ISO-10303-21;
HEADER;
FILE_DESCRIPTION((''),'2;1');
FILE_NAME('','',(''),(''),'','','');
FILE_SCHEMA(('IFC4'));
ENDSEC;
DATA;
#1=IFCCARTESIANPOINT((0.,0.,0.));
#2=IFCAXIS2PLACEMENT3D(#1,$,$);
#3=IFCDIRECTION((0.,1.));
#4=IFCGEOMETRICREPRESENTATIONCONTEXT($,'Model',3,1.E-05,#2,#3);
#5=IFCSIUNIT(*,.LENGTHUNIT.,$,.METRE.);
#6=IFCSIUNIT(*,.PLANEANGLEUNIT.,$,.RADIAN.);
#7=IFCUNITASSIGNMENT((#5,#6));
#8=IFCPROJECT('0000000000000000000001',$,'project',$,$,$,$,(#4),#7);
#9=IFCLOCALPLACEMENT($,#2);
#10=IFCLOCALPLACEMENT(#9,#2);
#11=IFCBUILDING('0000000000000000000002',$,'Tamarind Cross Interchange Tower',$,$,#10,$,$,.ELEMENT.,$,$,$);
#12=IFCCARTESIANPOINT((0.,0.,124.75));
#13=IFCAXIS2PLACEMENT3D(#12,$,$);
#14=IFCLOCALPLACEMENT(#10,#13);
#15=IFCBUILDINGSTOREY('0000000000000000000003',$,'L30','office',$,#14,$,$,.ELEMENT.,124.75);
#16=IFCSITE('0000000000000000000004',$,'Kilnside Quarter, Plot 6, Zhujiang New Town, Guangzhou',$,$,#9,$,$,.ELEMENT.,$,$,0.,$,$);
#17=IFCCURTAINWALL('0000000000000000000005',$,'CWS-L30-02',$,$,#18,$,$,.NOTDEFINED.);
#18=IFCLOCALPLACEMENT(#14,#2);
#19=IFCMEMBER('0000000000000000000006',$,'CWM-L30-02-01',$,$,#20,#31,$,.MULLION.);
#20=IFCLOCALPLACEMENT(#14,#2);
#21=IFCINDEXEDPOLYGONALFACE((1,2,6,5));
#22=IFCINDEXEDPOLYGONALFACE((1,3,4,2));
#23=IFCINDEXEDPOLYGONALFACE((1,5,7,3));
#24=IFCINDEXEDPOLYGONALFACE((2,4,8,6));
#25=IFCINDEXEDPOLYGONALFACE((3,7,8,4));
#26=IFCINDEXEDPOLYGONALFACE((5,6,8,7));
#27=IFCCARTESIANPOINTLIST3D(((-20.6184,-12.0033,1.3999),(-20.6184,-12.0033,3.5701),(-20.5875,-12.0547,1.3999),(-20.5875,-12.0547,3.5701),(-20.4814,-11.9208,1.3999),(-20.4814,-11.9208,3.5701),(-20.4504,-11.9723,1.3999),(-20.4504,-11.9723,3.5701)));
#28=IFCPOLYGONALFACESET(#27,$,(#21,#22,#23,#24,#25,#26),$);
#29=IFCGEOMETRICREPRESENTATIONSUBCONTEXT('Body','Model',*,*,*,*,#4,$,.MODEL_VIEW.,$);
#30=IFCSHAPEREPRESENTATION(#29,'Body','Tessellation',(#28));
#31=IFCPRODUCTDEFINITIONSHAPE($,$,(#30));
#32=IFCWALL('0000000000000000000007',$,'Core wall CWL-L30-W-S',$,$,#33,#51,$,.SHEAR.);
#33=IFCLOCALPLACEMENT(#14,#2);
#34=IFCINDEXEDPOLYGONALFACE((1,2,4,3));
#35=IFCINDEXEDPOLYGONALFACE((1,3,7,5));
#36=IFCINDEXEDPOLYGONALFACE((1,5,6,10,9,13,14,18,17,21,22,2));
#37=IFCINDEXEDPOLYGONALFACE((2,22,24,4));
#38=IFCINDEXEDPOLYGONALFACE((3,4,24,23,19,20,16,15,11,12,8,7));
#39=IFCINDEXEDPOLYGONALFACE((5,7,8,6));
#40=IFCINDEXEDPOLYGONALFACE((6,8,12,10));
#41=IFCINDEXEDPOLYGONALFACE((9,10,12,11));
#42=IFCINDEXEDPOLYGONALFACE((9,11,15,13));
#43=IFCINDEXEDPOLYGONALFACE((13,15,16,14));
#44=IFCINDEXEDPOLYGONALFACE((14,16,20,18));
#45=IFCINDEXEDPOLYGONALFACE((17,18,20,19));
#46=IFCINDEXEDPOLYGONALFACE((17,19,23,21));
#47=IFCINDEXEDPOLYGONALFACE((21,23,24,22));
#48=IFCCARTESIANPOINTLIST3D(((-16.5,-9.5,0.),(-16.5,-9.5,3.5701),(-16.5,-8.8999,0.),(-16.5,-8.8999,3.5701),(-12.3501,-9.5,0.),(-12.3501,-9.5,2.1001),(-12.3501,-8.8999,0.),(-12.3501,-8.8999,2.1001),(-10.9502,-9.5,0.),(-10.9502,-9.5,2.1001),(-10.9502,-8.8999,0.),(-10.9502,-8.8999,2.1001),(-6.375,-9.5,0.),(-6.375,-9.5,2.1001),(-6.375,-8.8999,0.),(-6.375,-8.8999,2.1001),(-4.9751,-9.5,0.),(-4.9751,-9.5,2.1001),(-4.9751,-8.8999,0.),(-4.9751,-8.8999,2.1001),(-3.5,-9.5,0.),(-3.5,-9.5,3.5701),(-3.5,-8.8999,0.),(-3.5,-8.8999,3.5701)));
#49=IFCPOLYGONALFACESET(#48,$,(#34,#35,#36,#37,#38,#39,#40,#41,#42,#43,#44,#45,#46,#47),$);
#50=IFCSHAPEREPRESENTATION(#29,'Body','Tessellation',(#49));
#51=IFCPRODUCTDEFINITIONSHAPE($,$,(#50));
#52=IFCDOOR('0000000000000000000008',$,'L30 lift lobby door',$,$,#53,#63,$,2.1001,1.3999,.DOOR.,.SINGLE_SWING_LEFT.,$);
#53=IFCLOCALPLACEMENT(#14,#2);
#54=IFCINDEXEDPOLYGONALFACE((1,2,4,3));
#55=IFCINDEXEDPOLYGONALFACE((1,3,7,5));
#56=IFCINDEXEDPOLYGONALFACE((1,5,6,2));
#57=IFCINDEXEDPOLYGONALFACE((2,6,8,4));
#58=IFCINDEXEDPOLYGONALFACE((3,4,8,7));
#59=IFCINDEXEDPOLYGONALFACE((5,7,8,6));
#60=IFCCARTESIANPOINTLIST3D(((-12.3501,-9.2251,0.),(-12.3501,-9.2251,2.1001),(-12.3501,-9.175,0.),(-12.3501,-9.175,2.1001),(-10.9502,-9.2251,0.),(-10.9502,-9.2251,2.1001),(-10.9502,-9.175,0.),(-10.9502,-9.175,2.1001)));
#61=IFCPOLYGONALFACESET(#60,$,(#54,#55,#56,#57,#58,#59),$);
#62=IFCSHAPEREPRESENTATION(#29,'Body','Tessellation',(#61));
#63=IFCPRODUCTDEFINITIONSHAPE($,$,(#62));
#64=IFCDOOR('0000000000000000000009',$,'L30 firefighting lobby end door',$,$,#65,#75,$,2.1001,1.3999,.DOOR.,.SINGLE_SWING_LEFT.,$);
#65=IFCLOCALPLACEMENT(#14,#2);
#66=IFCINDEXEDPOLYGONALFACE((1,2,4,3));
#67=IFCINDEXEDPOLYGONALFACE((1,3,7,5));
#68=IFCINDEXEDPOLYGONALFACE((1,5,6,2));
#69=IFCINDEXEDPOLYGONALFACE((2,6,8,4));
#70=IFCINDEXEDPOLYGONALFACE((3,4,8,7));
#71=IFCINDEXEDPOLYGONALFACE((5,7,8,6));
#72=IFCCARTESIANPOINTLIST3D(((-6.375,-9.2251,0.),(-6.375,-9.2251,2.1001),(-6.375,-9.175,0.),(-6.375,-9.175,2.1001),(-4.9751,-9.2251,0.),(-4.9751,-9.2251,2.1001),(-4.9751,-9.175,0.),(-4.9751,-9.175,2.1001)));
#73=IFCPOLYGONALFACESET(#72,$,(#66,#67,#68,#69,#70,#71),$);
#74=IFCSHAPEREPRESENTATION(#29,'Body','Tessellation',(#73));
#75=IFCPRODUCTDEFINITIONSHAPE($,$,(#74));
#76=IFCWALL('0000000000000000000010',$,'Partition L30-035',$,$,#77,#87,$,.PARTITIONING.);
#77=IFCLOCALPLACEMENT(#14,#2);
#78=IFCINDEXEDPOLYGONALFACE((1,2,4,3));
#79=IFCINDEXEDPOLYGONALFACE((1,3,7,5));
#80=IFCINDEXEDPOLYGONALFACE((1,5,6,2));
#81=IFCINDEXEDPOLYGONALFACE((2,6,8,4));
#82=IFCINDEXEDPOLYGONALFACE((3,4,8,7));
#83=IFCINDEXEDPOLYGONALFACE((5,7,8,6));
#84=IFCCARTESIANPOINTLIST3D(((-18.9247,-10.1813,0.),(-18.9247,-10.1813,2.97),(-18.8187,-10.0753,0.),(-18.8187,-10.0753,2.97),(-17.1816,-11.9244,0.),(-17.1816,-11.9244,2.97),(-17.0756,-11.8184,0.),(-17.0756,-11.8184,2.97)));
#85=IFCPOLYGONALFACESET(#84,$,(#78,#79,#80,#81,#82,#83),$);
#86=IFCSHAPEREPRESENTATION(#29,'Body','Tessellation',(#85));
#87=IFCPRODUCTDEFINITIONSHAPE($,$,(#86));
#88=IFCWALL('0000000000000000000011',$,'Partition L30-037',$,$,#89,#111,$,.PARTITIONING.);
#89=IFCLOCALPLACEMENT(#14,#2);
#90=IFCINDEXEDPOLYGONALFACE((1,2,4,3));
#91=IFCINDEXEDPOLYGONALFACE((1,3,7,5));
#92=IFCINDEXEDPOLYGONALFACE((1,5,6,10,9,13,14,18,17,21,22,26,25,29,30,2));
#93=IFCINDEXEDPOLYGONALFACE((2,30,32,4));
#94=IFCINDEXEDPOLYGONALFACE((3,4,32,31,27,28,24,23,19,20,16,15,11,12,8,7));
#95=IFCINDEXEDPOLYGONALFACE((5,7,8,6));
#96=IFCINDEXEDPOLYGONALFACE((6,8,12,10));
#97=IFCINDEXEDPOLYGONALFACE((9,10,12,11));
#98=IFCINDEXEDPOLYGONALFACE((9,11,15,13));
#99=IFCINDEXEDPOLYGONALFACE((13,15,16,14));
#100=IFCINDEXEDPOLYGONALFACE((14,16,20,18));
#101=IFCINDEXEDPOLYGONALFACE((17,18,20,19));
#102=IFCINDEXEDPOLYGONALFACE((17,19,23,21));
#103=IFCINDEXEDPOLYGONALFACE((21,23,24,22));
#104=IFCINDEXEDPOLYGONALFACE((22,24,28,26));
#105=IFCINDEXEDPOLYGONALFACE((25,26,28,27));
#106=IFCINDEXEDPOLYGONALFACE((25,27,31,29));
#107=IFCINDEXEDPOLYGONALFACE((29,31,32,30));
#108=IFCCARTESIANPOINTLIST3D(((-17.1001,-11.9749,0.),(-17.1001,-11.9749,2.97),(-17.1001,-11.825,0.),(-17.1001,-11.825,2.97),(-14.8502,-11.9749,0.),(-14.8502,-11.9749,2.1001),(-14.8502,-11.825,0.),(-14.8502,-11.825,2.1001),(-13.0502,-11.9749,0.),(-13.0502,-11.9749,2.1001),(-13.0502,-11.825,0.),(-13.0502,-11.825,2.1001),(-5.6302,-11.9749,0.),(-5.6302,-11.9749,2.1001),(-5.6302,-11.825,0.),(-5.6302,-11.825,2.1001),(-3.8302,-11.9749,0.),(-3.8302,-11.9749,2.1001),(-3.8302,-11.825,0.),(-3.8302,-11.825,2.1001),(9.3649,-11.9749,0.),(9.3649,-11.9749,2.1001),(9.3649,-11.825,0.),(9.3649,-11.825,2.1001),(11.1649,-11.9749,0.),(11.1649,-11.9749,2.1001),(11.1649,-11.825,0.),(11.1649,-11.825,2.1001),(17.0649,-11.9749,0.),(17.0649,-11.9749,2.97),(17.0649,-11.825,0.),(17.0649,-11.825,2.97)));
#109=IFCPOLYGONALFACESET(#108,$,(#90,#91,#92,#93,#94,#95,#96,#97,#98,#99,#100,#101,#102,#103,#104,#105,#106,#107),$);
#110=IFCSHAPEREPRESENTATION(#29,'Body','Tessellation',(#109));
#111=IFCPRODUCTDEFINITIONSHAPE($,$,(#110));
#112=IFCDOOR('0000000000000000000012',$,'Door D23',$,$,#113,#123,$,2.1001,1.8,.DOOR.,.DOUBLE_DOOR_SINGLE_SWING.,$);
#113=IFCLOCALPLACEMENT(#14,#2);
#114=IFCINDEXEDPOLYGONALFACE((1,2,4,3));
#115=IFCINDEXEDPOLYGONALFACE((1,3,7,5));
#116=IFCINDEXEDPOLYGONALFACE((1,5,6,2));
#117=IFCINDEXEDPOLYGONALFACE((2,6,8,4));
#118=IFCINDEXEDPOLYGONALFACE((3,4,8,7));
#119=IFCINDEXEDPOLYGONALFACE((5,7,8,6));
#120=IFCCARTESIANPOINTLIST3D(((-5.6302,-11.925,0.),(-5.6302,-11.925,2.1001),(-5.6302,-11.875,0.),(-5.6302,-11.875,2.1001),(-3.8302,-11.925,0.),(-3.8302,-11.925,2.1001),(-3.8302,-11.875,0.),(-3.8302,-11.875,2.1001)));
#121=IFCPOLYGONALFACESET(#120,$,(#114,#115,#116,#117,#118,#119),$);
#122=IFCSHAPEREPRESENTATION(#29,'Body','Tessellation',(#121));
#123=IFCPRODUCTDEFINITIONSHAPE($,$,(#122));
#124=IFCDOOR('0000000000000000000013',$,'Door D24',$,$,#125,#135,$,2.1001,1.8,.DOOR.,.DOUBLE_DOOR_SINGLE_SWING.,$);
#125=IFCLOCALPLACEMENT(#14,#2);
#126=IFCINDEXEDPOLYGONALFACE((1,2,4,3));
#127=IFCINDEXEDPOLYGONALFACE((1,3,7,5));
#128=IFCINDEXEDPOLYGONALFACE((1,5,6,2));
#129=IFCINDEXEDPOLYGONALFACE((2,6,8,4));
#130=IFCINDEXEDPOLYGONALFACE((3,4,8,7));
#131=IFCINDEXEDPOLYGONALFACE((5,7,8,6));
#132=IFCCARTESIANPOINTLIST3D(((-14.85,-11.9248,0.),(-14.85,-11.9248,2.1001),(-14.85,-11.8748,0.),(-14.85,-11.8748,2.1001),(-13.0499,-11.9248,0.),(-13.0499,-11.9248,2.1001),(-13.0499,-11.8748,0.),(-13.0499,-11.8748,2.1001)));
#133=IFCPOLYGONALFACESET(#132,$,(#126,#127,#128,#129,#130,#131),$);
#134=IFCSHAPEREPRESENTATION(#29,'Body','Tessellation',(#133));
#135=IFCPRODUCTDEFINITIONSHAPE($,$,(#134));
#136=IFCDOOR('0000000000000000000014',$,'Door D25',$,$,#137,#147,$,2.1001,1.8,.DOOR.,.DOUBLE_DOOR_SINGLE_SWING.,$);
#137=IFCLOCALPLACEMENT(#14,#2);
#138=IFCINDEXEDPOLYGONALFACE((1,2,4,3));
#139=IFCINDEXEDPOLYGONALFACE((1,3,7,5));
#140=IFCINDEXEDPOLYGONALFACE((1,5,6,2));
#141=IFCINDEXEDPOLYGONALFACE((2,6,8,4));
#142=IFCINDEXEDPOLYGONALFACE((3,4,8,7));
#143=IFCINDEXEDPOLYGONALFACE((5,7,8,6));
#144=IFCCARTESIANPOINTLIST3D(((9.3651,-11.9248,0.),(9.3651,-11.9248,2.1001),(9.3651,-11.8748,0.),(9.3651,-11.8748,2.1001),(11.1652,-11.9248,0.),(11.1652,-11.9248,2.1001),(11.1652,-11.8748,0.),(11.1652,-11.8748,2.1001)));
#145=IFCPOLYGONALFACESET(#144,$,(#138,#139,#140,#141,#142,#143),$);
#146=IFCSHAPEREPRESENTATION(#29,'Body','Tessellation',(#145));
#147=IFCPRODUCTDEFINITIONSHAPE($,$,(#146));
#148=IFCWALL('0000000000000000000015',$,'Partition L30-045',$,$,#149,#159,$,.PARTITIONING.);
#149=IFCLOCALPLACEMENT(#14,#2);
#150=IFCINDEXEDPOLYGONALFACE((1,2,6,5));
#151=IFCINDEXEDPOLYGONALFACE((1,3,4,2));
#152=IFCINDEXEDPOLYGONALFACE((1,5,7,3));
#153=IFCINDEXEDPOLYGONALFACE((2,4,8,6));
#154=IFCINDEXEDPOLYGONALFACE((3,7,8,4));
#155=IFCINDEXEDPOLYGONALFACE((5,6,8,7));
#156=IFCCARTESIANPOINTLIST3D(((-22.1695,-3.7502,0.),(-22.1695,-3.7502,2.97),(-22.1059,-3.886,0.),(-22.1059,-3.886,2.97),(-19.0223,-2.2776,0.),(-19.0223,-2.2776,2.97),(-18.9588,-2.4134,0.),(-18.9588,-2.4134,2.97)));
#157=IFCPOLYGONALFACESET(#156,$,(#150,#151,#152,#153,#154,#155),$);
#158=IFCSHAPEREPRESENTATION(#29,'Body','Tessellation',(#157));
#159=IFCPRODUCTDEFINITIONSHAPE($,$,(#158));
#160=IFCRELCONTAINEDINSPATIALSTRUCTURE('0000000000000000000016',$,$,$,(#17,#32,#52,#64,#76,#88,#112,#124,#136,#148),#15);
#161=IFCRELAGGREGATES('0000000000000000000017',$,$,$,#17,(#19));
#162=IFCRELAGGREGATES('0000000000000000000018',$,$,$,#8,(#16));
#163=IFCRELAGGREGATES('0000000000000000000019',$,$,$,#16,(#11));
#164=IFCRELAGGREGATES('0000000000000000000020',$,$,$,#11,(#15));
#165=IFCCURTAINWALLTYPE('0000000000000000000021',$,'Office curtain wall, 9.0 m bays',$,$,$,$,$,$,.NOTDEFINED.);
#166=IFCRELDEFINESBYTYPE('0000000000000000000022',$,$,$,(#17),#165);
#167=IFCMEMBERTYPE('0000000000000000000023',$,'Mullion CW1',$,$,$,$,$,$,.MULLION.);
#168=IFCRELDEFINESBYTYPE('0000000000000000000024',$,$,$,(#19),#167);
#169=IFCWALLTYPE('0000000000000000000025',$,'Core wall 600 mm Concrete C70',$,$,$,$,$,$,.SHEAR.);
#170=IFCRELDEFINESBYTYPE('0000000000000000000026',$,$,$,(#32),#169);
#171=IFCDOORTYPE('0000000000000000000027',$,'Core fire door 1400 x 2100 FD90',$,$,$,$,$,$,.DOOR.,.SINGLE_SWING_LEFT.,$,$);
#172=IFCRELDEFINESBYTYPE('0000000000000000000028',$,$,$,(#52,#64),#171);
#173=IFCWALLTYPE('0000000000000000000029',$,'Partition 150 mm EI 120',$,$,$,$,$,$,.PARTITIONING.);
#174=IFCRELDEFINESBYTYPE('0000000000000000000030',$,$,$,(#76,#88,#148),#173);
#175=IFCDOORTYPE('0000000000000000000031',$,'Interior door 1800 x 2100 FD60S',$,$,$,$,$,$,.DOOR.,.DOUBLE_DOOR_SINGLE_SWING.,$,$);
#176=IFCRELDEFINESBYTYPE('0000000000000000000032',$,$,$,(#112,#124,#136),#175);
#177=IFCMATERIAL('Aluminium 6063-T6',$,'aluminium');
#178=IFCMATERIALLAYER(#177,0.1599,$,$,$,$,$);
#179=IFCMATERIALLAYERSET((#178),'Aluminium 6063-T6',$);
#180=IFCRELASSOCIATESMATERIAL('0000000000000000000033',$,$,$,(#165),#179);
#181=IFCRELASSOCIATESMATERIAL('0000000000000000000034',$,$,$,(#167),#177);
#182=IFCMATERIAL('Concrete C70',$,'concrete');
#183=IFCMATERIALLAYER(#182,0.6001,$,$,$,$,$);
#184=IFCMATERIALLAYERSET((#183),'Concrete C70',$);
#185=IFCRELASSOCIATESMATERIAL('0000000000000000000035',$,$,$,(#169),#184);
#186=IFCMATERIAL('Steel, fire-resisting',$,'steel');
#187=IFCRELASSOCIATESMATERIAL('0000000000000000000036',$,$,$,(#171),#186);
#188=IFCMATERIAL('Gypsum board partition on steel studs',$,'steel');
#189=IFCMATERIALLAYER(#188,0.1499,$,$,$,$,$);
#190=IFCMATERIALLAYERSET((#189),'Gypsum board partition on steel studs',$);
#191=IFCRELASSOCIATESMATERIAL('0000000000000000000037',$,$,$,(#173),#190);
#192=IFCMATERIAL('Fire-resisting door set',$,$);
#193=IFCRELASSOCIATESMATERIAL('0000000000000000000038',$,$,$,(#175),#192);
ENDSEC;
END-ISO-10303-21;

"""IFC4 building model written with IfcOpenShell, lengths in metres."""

from ifc_helpers import new_model, si_unit, direction, frame, frame_2d, origin, origin_2d, place, context, subcontext, project, spatial, rectangle, extrude, material, layer, layer_set, material_profile, profile_set, type_object, element, fill, aggregate, save


model = new_model("IFC4")

# Units and contexts
model_context = context("Model", 3, precision=1e-05, world=origin(), true_north=direction((0.0, 1.0)))
body_context = subcontext(model_context, "Body", "Model", "MODEL_VIEW")
ifc_project = project(units=[si_unit("LENGTHUNIT", "METRE"), si_unit("PLANEANGLEUNIT", "RADIAN")], contexts=[model_context])

# Site, building, storey
site_placement = place(None, origin())
site = spatial("IfcSite", under=ifc_project, at=site_placement, Name="Kilnside Quarter, Plot 6, Zhujiang New Town, Guangzhou", CompositionType="ELEMENT", RefElevation=0.0)
building_placement = place(site_placement, origin())
building = spatial("IfcBuilding", under=site, at=building_placement, Name="Tamarind Cross Interchange Tower", CompositionType="ELEMENT")
storey_placement = place(building_placement, frame((0.0, 0.0, 124.75)))
storey = spatial("IfcBuildingStorey", under=building, at=storey_placement, Name="L30", Description="office", CompositionType="ELEMENT", Elevation=124.75)

# Curtain wall, member
ifc_material_1 = material(Name="Aluminium 6063-T6", Category="aluminium")
ifc_layer_1 = layer(ifc_material_1, 0.1599)
ifc_layer_set_1 = layer_set([ifc_layer_1], Name="Aluminium 6063-T6")
curtain_wall_type = type_object("IfcCurtainWallType", Name="Office curtain wall, 9.0 m bays", PredefinedType="NOTDEFINED", material=ifc_layer_set_1)
curtain_wall_placement = place(storey_placement, origin())
curtain_wall = element("IfcCurtainWall", 1, at=curtain_wall_placement, inside=storey, type_object=curtain_wall_type, Name="CWS-L30-02", PredefinedType="NOTDEFINED")
ifc_material_profile_1 = material_profile(ifc_material_1, rectangle(XDim=0.0601, YDim=0.1599, at=origin_2d()), Name="Mullion CW1")
ifc_profile_set_1 = profile_set([ifc_material_profile_1], Name="Aluminium 6063-T6")
member_type = type_object("IfcMemberType", Name="Mullion CW1", PredefinedType="MULLION", material=ifc_profile_set_1)
member_placement = place(storey_placement, frame((-20.5344, -11.9878, 1.3999), z_axis=(0.0, 0.0, 1.0), x_axis=(0.515577, -0.856843, 0.0)))
member = element("IfcMember", 2, at=member_placement, type_object=member_type, Name="CWM-L30-02-01", PredefinedType="MULLION", context=body_context, shape_type="SweptSolid", body=[
    extrude(rectangle(XDim=0.0601, YDim=0.1599, at=origin_2d()), origin(), (0.0, 0.0, 1.0), 2.1702),
])
aggregate(curtain_wall, [member])

# Wall, openings, doors
ifc_material_2 = material(Name="Concrete C70", Category="concrete")
ifc_layer_2 = layer(ifc_material_2, 0.6001)
ifc_layer_set_2 = layer_set([ifc_layer_2], Name="Concrete C70")
wall_type_1 = type_object("IfcWallType", Name="Core wall 600 mm Concrete C70", PredefinedType="SHEAR", material=ifc_layer_set_2)
wall_1_placement = place(storey_placement, frame((-16.5, -9.2, 0.0), z_axis=(0.0, 0.0, 1.0), x_axis=(1.0, 0.0, 0.0)))
wall_1 = element("IfcWall", 3, at=wall_1_placement, inside=storey, type_object=wall_type_1, Name="Core wall CWL-L30-W-S", PredefinedType="SHEAR", context=body_context, shape_type="SweptSolid", body=[
    extrude(rectangle(XDim=13.0, YDim=0.6001, at=frame_2d((6.5, 0.0))), origin(), (0.0, 0.0, 1.0), 3.5701),
])
opening_1_placement = place(wall_1_placement, frame((4.1499, 0.0, 0.0)))
opening_1 = element("IfcOpeningElement", 4, at=opening_1_placement, cuts=wall_1, PredefinedType="OPENING", context=body_context, shape_type="SweptSolid", body=[
    extrude(rectangle(XDim=1.3999, YDim=2.1001, at=frame_2d((0.7, 1.05))), frame((0.0, 0.3101, 0.0), z_axis=(0.0, -1.0, 0.0), x_axis=(1.0, 0.0, 0.0)), (0.0, 0.0, 1.0), 0.6201),
])
opening_2_placement = place(wall_1_placement, frame((10.125, 0.0, 0.0)))
opening_2 = element("IfcOpeningElement", 5, at=opening_2_placement, cuts=wall_1, PredefinedType="OPENING", context=body_context, shape_type="SweptSolid", body=[
    extrude(rectangle(XDim=1.3999, YDim=2.1001, at=frame_2d((0.7, 1.05))), frame((0.0, 0.3101, 0.0), z_axis=(0.0, -1.0, 0.0), x_axis=(1.0, 0.0, 0.0)), (0.0, 0.0, 1.0), 0.6201),
])
ifc_material_3 = material(Name="Steel, fire-resisting", Category="steel")
door_type_1 = type_object("IfcDoorType", Name="Core fire door 1400 x 2100 FD90", OperationType="SINGLE_SWING_LEFT", PredefinedType="DOOR", material=ifc_material_3)
door_1_placement = place(opening_1_placement, origin())
door_1 = element("IfcDoor", 6, at=door_1_placement, inside=storey, type_object=door_type_1, Name="L30 lift lobby door", OperationType="SINGLE_SWING_LEFT", OverallHeight=2.1001, OverallWidth=1.3999, PredefinedType="DOOR", context=body_context, shape_type="SweptSolid", body=[
    extrude(rectangle(XDim=1.3999, YDim=2.1001, at=frame_2d((0.7, 1.05))), frame((0.0, 0.0249, 0.0), z_axis=(0.0, -1.0, 0.0), x_axis=(1.0, 0.0, 0.0)), (0.0, 0.0, 1.0), 0.05),
])
fill(opening_1, door_1)
door_2_placement = place(opening_2_placement, origin())
door_2 = element("IfcDoor", 7, at=door_2_placement, inside=storey, type_object=door_type_1, Name="L30 firefighting lobby end door", OperationType="SINGLE_SWING_LEFT", OverallHeight=2.1001, OverallWidth=1.3999, PredefinedType="DOOR", context=body_context, shape_type="SweptSolid", body=[
    extrude(rectangle(XDim=1.3999, YDim=2.1001, at=frame_2d((0.7, 1.05))), frame((0.0, 0.0249, 0.0), z_axis=(0.0, -1.0, 0.0), x_axis=(1.0, 0.0, 0.0)), (0.0, 0.0, 1.0), 0.05),
])
fill(opening_2, door_2)

# Wall
ifc_material_4 = material(Name="Gypsum board partition on steel studs", Category="steel")
ifc_layer_3 = layer(ifc_material_4, 0.1499)
ifc_layer_set_3 = layer_set([ifc_layer_3], Name="Gypsum board partition on steel studs")
wall_type_2 = type_object("IfcWallType", Name="Partition 150 mm EI 120", PredefinedType="PARTITIONING", material=ifc_layer_set_3)
wall_2_placement = place(storey_placement, frame((-18.8716, -10.1284, 0.0), z_axis=(0.0, 0.0, 1.0), x_axis=(0.707107, -0.707107, 0.0)))
element("IfcWall", 8, at=wall_2_placement, inside=storey, type_object=wall_type_2, Name="Partition L30-035", PredefinedType="PARTITIONING", context=body_context, shape_type="SweptSolid", body=[
    extrude(rectangle(XDim=2.4651, YDim=0.1499, at=frame_2d((1.2324, 0.0))), origin(), (0.0, 0.0, 1.0), 2.97),
])

# Wall, openings, doors
wall_3_placement = place(storey_placement, frame((-17.1001, -11.8999, 0.0), z_axis=(0.0, 0.0, 1.0), x_axis=(1.0, 0.0, 0.0)))
wall_3 = element("IfcWall", 9, at=wall_3_placement, inside=storey, type_object=wall_type_2, Name="Partition L30-037", PredefinedType="PARTITIONING", context=body_context, shape_type="SweptSolid", body=[
    extrude(rectangle(XDim=34.165, YDim=0.1499, at=frame_2d((17.0825, 0.0))), origin(), (0.0, 0.0, 1.0), 2.97),
])
opening_3_placement = place(wall_3_placement, frame((11.47, 0.0, 0.0)))
opening_3 = element("IfcOpeningElement", 10, at=opening_3_placement, cuts=wall_3, PredefinedType="OPENING", context=body_context, shape_type="SweptSolid", body=[
    extrude(rectangle(XDim=1.8, YDim=2.1001, at=frame_2d((0.8999, 1.05))), frame((0.0, 0.085, 0.0), z_axis=(0.0, -1.0, 0.0), x_axis=(1.0, 0.0, 0.0)), (0.0, 0.0, 1.0), 0.1699),
])
opening_4_placement = place(wall_3_placement, frame((2.25, 0.0, 0.0)))
opening_4 = element("IfcOpeningElement", 11, at=opening_4_placement, cuts=wall_3, PredefinedType="OPENING", context=body_context, shape_type="SweptSolid", body=[
    extrude(rectangle(XDim=1.8, YDim=2.1001, at=frame_2d((0.8999, 1.05))), frame((0.0, 0.085, 0.0), z_axis=(0.0, -1.0, 0.0), x_axis=(1.0, 0.0, 0.0)), (0.0, 0.0, 1.0), 0.1699),
])
opening_5_placement = place(wall_3_placement, frame((26.4651, 0.0, 0.0)))
opening_5 = element("IfcOpeningElement", 12, at=opening_5_placement, cuts=wall_3, PredefinedType="OPENING", context=body_context, shape_type="SweptSolid", body=[
    extrude(rectangle(XDim=1.8, YDim=2.1001, at=frame_2d((0.8999, 1.05))), frame((0.0, 0.085, 0.0), z_axis=(0.0, -1.0, 0.0), x_axis=(1.0, 0.0, 0.0)), (0.0, 0.0, 1.0), 0.1699),
])
ifc_material_5 = material(Name="Fire-resisting door set")
door_type_2 = type_object("IfcDoorType", Name="Interior door 1800 x 2100 FD60S", OperationType="DOUBLE_DOOR_SINGLE_SWING", PredefinedType="DOOR", material=ifc_material_5)
door_3_placement = place(opening_3_placement, origin())
door_3 = element("IfcDoor", 13, at=door_3_placement, inside=storey, type_object=door_type_2, Name="Door D23", OperationType="DOUBLE_DOOR_SINGLE_SWING", OverallHeight=2.1001, OverallWidth=1.8, PredefinedType="DOOR", context=body_context, shape_type="SweptSolid", body=[
    extrude(rectangle(XDim=1.8, YDim=2.1001, at=frame_2d((0.8999, 1.05))), frame((0.0, 0.0249, 0.0), z_axis=(0.0, -1.0, 0.0), x_axis=(1.0, 0.0, 0.0)), (0.0, 0.0, 1.0), 0.05),
])
fill(opening_3, door_3)
door_4_placement = place(opening_4_placement, frame((1.8, 0.0, 0.0), z_axis=(0.0, 0.0, 1.0), x_axis=(-1.0, 0.0, 0.0)))
door_4 = element("IfcDoor", 14, at=door_4_placement, inside=storey, type_object=door_type_2, Name="Door D24", OperationType="DOUBLE_DOOR_SINGLE_SWING", OverallHeight=2.1001, OverallWidth=1.8, PredefinedType="DOOR", context=body_context, shape_type="SweptSolid", body=[
    extrude(rectangle(XDim=1.8, YDim=2.1001, at=frame_2d((0.8999, 1.05))), frame((0.0, 0.0249, 0.0), z_axis=(0.0, -1.0, 0.0), x_axis=(1.0, 0.0, 0.0)), (0.0, 0.0, 1.0), 0.05),
])
fill(opening_4, door_4)
door_5_placement = place(opening_5_placement, frame((1.8, 0.0, 0.0), z_axis=(0.0, 0.0, 1.0), x_axis=(-1.0, 0.0, 0.0)))
door_5 = element("IfcDoor", 15, at=door_5_placement, inside=storey, type_object=door_type_2, Name="Door D25", OperationType="DOUBLE_DOOR_SINGLE_SWING", OverallHeight=2.1001, OverallWidth=1.8, PredefinedType="DOOR", context=body_context, shape_type="SweptSolid", body=[
    extrude(rectangle(XDim=1.8, YDim=2.1001, at=frame_2d((0.8999, 1.05))), frame((0.0, 0.0249, 0.0), z_axis=(0.0, -1.0, 0.0), x_axis=(1.0, 0.0, 0.0)), (0.0, 0.0, 1.0), 0.05),
])
fill(opening_5, door_5)

# Wall
wall_4_placement = place(storey_placement, frame((-22.1377, -3.8181, 0.0), z_axis=(0.0, 0.0, 1.0), x_axis=(0.905746, 0.42382, 0.0)))
element("IfcWall", 16, at=wall_4_placement, inside=storey, type_object=wall_type_2, Name="Partition L30-045", PredefinedType="PARTITIONING", context=body_context, shape_type="SweptSolid", body=[
    extrude(rectangle(XDim=3.4746, YDim=0.1499, at=frame_2d((1.7373, 0.0))), origin(), (0.0, 0.0, 1.0), 2.97),
])

save(model, "model.ifc")
